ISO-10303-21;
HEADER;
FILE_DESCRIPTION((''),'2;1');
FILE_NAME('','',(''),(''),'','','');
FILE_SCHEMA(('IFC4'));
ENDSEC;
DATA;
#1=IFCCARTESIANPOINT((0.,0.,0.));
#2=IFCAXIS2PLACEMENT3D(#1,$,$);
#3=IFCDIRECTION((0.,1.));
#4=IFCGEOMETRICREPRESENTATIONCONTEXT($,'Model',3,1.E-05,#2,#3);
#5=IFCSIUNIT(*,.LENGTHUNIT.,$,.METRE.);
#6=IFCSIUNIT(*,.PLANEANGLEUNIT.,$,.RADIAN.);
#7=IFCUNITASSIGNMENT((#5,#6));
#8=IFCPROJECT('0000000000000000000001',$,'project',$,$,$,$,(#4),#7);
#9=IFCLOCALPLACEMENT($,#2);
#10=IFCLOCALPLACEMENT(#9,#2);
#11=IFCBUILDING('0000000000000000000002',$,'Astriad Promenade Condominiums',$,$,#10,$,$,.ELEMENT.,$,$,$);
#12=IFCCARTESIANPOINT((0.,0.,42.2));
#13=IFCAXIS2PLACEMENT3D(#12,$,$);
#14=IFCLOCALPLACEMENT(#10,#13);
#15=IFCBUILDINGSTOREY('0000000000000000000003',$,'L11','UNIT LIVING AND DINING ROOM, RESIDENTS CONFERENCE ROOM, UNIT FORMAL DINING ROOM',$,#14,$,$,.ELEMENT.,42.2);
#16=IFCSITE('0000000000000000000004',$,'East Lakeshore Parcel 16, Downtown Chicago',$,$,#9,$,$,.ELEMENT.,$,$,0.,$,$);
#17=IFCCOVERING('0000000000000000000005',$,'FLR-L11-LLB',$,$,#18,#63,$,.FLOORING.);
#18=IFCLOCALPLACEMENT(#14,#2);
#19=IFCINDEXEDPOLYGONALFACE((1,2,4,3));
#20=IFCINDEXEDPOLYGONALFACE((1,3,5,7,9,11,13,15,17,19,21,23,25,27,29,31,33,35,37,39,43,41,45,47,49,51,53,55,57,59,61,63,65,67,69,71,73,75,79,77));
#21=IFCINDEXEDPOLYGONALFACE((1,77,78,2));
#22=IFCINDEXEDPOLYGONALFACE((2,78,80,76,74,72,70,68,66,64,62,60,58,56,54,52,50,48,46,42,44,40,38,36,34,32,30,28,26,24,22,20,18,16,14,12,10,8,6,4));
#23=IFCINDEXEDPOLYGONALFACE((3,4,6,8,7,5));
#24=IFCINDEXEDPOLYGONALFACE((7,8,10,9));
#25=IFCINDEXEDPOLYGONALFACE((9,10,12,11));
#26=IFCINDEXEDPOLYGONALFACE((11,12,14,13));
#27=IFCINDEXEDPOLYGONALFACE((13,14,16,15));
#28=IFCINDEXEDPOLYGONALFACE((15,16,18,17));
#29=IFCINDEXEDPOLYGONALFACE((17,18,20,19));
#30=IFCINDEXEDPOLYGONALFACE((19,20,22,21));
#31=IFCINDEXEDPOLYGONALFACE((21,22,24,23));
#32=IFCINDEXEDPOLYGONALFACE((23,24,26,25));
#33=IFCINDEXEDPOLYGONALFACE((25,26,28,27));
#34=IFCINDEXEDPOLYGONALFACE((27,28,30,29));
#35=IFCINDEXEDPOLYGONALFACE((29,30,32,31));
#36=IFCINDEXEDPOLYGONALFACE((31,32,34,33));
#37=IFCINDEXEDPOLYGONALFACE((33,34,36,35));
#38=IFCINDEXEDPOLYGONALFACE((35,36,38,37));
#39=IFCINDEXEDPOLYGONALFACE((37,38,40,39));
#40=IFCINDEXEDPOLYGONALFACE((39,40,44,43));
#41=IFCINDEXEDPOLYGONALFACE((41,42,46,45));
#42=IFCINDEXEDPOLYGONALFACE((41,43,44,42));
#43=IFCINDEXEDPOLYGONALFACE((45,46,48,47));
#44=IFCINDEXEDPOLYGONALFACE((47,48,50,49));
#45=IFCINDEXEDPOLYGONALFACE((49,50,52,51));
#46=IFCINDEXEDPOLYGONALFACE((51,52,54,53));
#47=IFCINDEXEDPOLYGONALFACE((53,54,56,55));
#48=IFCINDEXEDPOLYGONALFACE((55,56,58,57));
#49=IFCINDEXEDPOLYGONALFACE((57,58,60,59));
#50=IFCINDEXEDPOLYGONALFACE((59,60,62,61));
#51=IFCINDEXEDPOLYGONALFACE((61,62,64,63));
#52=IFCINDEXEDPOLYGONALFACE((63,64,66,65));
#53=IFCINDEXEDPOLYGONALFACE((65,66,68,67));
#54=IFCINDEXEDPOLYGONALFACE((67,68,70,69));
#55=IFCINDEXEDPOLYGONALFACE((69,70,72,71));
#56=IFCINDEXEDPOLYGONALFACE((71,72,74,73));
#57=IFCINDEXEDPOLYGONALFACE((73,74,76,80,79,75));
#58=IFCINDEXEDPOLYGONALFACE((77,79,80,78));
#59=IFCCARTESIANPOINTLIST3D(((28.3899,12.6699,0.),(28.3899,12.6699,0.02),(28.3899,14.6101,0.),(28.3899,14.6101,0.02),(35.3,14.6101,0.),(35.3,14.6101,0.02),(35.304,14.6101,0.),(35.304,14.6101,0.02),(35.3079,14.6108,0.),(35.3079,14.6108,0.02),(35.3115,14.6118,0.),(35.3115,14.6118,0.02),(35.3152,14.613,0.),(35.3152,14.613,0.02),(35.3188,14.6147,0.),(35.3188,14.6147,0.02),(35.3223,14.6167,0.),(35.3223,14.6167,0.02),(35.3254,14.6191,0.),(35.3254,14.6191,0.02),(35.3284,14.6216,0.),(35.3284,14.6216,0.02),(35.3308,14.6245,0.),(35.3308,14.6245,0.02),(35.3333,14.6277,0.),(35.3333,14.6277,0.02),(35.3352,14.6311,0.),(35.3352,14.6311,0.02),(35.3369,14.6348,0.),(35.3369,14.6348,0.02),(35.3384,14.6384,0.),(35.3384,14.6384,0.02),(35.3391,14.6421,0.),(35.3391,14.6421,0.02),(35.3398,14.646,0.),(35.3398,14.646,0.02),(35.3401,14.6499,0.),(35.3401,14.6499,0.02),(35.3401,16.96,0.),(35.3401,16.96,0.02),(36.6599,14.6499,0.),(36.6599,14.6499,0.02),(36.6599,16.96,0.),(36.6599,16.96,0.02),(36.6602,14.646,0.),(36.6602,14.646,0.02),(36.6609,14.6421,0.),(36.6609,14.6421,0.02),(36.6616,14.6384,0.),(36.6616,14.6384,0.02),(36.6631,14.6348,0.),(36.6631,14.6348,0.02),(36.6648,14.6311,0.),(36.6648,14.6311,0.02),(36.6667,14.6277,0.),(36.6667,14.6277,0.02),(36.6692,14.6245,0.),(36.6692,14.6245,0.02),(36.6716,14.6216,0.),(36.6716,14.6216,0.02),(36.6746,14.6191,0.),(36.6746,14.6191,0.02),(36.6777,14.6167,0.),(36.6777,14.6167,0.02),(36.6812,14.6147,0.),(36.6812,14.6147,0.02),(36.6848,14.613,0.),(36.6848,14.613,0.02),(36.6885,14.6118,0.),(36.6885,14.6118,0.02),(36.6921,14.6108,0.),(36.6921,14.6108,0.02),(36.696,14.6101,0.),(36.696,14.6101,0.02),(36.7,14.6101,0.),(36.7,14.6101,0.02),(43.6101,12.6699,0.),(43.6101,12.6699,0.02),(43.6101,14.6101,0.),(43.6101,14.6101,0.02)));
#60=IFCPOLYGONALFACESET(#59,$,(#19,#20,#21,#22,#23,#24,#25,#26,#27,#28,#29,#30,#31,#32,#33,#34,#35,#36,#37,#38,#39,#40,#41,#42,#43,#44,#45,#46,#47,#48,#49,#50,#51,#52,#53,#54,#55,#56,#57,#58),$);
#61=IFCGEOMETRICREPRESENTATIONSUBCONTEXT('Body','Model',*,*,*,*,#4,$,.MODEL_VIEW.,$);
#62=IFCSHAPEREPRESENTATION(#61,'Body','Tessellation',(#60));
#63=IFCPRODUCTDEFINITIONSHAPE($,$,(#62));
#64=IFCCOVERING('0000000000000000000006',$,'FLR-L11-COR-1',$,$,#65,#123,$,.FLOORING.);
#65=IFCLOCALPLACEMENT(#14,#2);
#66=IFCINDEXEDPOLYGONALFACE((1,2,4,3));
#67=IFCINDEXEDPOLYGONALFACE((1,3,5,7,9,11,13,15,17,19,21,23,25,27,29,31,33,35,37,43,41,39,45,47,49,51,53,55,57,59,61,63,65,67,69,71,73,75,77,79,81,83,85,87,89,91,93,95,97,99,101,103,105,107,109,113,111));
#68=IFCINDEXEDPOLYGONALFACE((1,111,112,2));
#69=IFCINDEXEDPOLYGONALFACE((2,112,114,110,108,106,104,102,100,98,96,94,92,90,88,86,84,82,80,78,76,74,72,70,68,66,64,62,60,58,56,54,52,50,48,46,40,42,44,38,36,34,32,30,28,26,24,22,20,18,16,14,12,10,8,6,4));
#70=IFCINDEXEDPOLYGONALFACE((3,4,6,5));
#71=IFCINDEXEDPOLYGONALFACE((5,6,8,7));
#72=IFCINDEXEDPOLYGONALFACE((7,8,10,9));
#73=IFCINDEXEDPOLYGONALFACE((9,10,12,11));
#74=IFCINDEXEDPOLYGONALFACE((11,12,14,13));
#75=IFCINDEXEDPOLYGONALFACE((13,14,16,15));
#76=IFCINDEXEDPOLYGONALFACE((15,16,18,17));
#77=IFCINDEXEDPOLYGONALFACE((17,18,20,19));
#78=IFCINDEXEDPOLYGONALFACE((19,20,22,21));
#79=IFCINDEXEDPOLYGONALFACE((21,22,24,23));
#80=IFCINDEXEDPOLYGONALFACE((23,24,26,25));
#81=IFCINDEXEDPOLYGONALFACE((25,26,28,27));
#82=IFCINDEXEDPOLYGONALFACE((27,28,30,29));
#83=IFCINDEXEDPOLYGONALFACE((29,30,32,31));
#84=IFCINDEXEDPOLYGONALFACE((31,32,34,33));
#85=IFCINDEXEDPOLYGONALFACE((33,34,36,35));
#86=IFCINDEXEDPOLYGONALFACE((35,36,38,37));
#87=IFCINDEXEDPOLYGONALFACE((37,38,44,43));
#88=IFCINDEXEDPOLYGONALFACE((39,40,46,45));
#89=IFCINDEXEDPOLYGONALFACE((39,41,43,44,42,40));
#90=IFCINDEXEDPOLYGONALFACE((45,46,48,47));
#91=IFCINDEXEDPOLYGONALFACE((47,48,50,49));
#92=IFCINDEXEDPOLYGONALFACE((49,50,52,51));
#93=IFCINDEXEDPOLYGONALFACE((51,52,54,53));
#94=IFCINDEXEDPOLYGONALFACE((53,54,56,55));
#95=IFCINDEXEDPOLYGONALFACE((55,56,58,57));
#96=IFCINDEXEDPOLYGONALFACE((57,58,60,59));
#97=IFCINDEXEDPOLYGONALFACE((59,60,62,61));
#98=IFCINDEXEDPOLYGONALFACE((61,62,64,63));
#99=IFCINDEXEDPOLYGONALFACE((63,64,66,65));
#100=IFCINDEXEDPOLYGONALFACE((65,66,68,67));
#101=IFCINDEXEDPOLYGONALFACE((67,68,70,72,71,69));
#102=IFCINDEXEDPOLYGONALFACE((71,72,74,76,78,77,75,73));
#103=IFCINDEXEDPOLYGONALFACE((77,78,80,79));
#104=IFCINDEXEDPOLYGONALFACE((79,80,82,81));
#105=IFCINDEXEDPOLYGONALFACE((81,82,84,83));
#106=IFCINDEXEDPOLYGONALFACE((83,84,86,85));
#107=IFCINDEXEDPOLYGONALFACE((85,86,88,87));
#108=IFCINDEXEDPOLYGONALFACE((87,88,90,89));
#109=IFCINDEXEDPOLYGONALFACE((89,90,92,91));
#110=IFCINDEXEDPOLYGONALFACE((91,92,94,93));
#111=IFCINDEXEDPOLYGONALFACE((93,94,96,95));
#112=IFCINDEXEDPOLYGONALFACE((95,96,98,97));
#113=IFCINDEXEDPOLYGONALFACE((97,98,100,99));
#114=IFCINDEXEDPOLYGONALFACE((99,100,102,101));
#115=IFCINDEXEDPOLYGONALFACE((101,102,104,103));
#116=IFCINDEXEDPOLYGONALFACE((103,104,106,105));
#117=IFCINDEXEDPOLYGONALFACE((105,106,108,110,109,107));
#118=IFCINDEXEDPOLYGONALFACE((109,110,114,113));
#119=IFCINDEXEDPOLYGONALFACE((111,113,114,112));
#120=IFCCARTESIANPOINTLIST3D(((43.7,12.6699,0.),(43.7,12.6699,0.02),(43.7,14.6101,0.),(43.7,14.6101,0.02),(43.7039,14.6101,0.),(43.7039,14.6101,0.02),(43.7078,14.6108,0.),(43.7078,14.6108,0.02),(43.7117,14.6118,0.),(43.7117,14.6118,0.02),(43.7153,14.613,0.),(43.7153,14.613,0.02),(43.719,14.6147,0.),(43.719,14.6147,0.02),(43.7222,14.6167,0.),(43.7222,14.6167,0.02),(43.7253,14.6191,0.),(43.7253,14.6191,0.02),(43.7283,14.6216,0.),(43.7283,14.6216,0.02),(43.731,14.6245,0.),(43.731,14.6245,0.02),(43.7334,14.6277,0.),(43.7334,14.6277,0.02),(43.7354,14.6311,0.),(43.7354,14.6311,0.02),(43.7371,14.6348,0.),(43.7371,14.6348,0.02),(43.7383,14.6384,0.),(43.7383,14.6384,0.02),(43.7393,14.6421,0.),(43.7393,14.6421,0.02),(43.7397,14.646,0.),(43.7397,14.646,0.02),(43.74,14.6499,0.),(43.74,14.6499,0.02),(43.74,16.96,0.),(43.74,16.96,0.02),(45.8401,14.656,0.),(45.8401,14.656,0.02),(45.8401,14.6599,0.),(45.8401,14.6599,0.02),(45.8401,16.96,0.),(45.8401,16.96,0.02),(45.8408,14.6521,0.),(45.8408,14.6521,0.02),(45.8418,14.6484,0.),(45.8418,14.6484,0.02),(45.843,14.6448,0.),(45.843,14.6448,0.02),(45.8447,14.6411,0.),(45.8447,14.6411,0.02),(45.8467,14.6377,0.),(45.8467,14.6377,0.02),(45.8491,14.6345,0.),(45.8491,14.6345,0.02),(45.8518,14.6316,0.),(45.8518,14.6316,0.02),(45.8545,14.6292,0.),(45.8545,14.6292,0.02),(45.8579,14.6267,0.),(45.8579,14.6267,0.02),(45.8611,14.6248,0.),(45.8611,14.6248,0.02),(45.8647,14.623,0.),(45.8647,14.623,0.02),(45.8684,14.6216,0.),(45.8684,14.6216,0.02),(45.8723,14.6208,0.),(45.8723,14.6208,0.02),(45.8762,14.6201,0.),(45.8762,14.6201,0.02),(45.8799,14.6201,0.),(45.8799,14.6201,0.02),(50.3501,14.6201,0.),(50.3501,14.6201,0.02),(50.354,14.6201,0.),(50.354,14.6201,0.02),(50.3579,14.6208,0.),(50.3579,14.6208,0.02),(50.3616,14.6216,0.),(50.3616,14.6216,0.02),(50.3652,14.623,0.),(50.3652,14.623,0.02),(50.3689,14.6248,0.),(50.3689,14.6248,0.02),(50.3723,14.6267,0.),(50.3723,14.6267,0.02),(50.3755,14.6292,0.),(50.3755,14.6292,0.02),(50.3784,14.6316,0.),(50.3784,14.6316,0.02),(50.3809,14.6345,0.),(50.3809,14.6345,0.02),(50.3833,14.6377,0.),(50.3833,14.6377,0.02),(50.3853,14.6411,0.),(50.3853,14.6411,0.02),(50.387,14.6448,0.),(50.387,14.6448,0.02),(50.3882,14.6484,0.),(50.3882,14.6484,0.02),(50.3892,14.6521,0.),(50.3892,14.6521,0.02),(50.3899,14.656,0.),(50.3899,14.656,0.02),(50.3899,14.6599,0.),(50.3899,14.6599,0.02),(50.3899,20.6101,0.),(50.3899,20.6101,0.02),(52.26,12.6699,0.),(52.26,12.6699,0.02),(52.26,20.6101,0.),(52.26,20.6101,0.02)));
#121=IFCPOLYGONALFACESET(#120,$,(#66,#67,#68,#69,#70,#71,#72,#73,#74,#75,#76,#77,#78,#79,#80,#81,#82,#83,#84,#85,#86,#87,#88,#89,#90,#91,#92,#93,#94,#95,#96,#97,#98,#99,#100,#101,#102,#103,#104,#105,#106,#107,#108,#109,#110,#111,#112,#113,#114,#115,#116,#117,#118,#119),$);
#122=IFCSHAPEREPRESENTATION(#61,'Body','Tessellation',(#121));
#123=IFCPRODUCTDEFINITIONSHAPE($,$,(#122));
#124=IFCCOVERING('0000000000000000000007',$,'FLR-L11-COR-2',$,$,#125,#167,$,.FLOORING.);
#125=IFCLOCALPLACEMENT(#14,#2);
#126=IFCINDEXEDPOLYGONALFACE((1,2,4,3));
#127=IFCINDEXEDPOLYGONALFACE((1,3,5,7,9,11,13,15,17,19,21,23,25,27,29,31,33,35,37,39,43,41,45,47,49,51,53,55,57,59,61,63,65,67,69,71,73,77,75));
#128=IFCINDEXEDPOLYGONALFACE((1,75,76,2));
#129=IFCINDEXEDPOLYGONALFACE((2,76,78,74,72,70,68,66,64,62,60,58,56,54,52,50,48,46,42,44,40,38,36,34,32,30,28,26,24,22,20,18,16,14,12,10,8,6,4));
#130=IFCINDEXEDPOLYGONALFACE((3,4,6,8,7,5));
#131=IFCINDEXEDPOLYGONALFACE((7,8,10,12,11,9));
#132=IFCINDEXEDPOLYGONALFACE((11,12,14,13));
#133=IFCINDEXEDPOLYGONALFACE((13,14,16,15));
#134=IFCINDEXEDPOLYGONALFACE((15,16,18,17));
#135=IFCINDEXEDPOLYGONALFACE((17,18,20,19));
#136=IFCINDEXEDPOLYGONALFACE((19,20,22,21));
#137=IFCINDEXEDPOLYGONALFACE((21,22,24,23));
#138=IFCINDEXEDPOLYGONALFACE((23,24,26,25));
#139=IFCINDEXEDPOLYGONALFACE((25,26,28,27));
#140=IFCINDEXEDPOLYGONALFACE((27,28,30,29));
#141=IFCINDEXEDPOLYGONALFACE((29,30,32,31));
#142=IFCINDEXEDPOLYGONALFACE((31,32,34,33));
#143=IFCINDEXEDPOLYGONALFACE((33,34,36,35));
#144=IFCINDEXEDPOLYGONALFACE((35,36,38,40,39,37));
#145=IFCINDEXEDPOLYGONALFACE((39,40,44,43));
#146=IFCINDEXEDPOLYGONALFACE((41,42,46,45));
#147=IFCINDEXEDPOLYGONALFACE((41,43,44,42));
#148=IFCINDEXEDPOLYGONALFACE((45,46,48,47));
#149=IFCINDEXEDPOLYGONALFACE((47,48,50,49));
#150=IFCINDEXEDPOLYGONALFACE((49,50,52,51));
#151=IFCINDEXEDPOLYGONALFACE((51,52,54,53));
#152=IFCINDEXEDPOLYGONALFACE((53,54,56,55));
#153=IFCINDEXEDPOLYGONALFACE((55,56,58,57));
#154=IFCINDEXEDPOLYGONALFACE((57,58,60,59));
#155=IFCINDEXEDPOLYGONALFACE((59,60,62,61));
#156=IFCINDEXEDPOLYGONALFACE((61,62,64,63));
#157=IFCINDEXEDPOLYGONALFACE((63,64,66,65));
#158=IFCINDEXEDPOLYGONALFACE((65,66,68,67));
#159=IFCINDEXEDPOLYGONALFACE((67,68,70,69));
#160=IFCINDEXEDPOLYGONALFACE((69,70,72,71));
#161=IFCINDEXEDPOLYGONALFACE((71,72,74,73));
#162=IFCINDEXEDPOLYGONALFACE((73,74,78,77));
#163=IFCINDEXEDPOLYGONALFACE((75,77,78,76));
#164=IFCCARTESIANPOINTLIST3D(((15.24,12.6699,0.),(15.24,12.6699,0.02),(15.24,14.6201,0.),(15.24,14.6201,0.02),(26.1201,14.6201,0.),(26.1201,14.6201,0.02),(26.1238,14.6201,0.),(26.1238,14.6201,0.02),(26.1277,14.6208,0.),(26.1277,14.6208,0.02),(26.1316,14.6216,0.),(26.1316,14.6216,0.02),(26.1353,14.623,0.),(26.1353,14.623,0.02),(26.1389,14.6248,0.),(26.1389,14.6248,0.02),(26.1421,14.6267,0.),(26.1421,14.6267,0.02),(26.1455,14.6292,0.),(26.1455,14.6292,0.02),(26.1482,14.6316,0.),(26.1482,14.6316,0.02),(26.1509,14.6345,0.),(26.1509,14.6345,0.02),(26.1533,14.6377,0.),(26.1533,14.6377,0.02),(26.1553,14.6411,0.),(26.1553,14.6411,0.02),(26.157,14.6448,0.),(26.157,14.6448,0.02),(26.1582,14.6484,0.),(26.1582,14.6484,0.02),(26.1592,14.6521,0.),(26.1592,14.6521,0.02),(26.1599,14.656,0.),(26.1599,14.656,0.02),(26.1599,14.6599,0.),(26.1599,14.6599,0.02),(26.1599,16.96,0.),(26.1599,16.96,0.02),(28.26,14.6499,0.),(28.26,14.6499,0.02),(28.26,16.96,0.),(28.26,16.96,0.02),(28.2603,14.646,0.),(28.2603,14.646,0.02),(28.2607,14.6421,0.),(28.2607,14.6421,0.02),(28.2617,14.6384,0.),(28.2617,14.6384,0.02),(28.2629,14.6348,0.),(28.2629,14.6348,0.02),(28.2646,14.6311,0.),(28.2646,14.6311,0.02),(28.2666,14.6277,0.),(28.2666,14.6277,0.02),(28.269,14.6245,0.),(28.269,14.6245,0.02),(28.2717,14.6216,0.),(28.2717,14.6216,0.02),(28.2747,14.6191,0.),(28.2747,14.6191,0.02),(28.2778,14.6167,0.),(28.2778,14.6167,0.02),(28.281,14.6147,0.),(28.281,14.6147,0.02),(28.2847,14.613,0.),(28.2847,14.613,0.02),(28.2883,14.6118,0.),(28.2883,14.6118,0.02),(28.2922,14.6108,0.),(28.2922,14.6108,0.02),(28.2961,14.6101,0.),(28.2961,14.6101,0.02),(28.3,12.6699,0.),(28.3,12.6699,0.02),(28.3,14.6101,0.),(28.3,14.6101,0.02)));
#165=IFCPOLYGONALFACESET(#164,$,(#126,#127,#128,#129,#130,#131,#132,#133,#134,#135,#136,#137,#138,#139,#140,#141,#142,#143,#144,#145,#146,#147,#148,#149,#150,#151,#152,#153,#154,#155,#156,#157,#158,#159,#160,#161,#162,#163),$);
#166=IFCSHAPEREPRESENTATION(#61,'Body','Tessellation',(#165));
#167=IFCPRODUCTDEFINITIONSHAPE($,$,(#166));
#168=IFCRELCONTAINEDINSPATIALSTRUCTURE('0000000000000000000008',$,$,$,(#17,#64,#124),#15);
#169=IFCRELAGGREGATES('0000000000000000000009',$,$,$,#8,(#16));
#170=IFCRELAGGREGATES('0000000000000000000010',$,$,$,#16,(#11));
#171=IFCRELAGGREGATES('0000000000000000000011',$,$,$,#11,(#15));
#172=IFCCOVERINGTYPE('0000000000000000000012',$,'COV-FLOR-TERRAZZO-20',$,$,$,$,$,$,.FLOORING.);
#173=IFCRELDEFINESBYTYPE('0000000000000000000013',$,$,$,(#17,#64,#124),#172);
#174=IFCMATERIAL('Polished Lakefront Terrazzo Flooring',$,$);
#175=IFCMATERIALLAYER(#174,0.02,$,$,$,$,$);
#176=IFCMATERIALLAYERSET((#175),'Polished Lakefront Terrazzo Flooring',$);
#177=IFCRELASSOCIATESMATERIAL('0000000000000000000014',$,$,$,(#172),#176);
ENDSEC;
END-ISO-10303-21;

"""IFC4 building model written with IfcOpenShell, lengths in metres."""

from ifc_helpers import new_model, si_unit, direction, frame, origin, place, context, subcontext, project, spatial, polyline, outline, extrude, material, layer, layer_set, type_object, element, save


model = new_model("IFC4")

# Units and contexts
model_context = context("Model", 3, precision=1e-05, world=origin(), true_north=direction((0.0, 1.0)))
body_context = subcontext(model_context, "Body", "Model", "MODEL_VIEW")
ifc_project = project(units=[si_unit("LENGTHUNIT", "METRE"), si_unit("PLANEANGLEUNIT", "RADIAN")], contexts=[model_context])

# Site, building, storey
site_placement = place(None, origin())
site = spatial("IfcSite", under=ifc_project, at=site_placement, Name="East Lakeshore Parcel 16, Downtown Chicago", CompositionType="ELEMENT", RefElevation=0.0)
building_placement = place(site_placement, origin())
building = spatial("IfcBuilding", under=site, at=building_placement, Name="Astriad Promenade Condominiums", CompositionType="ELEMENT")
storey_placement = place(building_placement, frame((0.0, 0.0, 42.2)))
storey = spatial("IfcBuildingStorey", under=building, at=storey_placement, Name="L11", Description="UNIT LIVING AND DINING ROOM, RESIDENTS CONFERENCE ROOM, UNIT FORMAL DINING ROOM", CompositionType="ELEMENT", Elevation=42.2)

# Coverings
ifc_material_1 = material(Name="Polished Lakefront Terrazzo Flooring")
ifc_layer_1 = layer(ifc_material_1, 0.02)
ifc_layer_set_1 = layer_set([ifc_layer_1], Name="Polished Lakefront Terrazzo Flooring")
covering_type = type_object("IfcCoveringType", Name="COV-FLOR-TERRAZZO-20", PredefinedType="FLOORING", material=ifc_layer_set_1)
covering_1_placement = place(storey_placement, origin())
element("IfcCovering", 1, at=covering_1_placement, inside=storey, type_object=covering_type, Name="FLR-L11-LLB", PredefinedType="FLOORING", context=body_context, shape_type="SweptSolid", body=[
    extrude(outline(polyline([(43.6101, 14.6101), (43.6101, 12.6699), (28.3899, 12.6699), (28.3899, 14.6101), (35.3, 14.6101), (35.304, 14.6101), (35.3079, 14.6108), (35.3115, 14.6118), (35.3152, 14.613), (35.3188, 14.6147), (35.3223, 14.6167), (35.3254, 14.6191), (35.3284, 14.6216), (35.3308, 14.6245), (35.3333, 14.6277), (35.3352, 14.6311), (35.3369, 14.6348), (35.3384, 14.6384), (35.3391, 14.6421), (35.3398, 14.646), (35.3401, 14.6499), (35.3401, 16.96), (36.6599, 16.96), (36.6599, 14.6499), (36.6602, 14.646), (36.6609, 14.6421), (36.6616, 14.6384), (36.6631, 14.6348), (36.6648, 14.6311), (36.6667, 14.6277), (36.6692, 14.6245), (36.6716, 14.6216), (36.6746, 14.6191), (36.6777, 14.6167), (36.6812, 14.6147), (36.6848, 14.613), (36.6885, 14.6118), (36.6921, 14.6108), (36.696, 14.6101), (36.7, 14.6101), (43.6101, 14.6101)])), origin(), (0.0, 0.0, 1.0), 0.02),
])
covering_2_placement = place(storey_placement, origin())
element("IfcCovering", 2, at=covering_2_placement, inside=storey, type_object=covering_type, Name="FLR-L11-COR-1", PredefinedType="FLOORING", context=body_context, shape_type="SweptSolid", body=[
    extrude(outline(polyline([(43.7, 12.6699), (43.7, 14.6101), (43.7039, 14.6101), (43.7078, 14.6108), (43.7117, 14.6118), (43.7153, 14.613), (43.719, 14.6147), (43.7222, 14.6167), (43.7253, 14.6191), (43.7283, 14.6216), (43.731, 14.6245), (43.7334, 14.6277), (43.7354, 14.6311), (43.7371, 14.6348), (43.7383, 14.6384), (43.7393, 14.6421), (43.7397, 14.646), (43.74, 14.6499), (43.74, 16.96), (45.8401, 16.96), (45.8401, 14.6599), (45.8401, 14.656), (45.8408, 14.6521), (45.8418, 14.6484), (45.843, 14.6448), (45.8447, 14.6411), (45.8467, 14.6377), (45.8491, 14.6345), (45.8518, 14.6316), (45.8545, 14.6292), (45.8579, 14.6267), (45.8611, 14.6248), (45.8647, 14.623), (45.8684, 14.6216), (45.8723, 14.6208), (45.8762, 14.6201), (45.8799, 14.6201), (50.3501, 14.6201), (50.354, 14.6201), (50.3579, 14.6208), (50.3616, 14.6216), (50.3652, 14.623), (50.3689, 14.6248), (50.3723, 14.6267), (50.3755, 14.6292), (50.3784, 14.6316), (50.3809, 14.6345), (50.3833, 14.6377), (50.3853, 14.6411), (50.387, 14.6448), (50.3882, 14.6484), (50.3892, 14.6521), (50.3899, 14.656), (50.3899, 14.6599), (50.3899, 20.6101), (52.26, 20.6101), (52.26, 12.6699), (43.7, 12.6699)])), origin(), (0.0, 0.0, 1.0), 0.02),
])
covering_3_placement = place(storey_placement, origin())
element("IfcCovering", 3, at=covering_3_placement, inside=storey, type_object=covering_type, Name="FLR-L11-COR-2", PredefinedType="FLOORING", context=body_context, shape_type="SweptSolid", body=[
    extrude(outline(polyline([(28.3, 12.6699), (15.24, 12.6699), (15.24, 14.6201), (26.1201, 14.6201), (26.1238, 14.6201), (26.1277, 14.6208), (26.1316, 14.6216), (26.1353, 14.623), (26.1389, 14.6248), (26.1421, 14.6267), (26.1455, 14.6292), (26.1482, 14.6316), (26.1509, 14.6345), (26.1533, 14.6377), (26.1553, 14.6411), (26.157, 14.6448), (26.1582, 14.6484), (26.1592, 14.6521), (26.1599, 14.656), (26.1599, 14.6599), (26.1599, 16.96), (28.26, 16.96), (28.26, 14.6499), (28.2603, 14.646), (28.2607, 14.6421), (28.2617, 14.6384), (28.2629, 14.6348), (28.2646, 14.6311), (28.2666, 14.6277), (28.269, 14.6245), (28.2717, 14.6216), (28.2747, 14.6191), (28.2778, 14.6167), (28.281, 14.6147), (28.2847, 14.613), (28.2883, 14.6118), (28.2922, 14.6108), (28.2961, 14.6101), (28.3, 14.6101), (28.3, 12.6699)])), origin(), (0.0, 0.0, 1.0), 0.02),
])

save(model, "model.ifc")
